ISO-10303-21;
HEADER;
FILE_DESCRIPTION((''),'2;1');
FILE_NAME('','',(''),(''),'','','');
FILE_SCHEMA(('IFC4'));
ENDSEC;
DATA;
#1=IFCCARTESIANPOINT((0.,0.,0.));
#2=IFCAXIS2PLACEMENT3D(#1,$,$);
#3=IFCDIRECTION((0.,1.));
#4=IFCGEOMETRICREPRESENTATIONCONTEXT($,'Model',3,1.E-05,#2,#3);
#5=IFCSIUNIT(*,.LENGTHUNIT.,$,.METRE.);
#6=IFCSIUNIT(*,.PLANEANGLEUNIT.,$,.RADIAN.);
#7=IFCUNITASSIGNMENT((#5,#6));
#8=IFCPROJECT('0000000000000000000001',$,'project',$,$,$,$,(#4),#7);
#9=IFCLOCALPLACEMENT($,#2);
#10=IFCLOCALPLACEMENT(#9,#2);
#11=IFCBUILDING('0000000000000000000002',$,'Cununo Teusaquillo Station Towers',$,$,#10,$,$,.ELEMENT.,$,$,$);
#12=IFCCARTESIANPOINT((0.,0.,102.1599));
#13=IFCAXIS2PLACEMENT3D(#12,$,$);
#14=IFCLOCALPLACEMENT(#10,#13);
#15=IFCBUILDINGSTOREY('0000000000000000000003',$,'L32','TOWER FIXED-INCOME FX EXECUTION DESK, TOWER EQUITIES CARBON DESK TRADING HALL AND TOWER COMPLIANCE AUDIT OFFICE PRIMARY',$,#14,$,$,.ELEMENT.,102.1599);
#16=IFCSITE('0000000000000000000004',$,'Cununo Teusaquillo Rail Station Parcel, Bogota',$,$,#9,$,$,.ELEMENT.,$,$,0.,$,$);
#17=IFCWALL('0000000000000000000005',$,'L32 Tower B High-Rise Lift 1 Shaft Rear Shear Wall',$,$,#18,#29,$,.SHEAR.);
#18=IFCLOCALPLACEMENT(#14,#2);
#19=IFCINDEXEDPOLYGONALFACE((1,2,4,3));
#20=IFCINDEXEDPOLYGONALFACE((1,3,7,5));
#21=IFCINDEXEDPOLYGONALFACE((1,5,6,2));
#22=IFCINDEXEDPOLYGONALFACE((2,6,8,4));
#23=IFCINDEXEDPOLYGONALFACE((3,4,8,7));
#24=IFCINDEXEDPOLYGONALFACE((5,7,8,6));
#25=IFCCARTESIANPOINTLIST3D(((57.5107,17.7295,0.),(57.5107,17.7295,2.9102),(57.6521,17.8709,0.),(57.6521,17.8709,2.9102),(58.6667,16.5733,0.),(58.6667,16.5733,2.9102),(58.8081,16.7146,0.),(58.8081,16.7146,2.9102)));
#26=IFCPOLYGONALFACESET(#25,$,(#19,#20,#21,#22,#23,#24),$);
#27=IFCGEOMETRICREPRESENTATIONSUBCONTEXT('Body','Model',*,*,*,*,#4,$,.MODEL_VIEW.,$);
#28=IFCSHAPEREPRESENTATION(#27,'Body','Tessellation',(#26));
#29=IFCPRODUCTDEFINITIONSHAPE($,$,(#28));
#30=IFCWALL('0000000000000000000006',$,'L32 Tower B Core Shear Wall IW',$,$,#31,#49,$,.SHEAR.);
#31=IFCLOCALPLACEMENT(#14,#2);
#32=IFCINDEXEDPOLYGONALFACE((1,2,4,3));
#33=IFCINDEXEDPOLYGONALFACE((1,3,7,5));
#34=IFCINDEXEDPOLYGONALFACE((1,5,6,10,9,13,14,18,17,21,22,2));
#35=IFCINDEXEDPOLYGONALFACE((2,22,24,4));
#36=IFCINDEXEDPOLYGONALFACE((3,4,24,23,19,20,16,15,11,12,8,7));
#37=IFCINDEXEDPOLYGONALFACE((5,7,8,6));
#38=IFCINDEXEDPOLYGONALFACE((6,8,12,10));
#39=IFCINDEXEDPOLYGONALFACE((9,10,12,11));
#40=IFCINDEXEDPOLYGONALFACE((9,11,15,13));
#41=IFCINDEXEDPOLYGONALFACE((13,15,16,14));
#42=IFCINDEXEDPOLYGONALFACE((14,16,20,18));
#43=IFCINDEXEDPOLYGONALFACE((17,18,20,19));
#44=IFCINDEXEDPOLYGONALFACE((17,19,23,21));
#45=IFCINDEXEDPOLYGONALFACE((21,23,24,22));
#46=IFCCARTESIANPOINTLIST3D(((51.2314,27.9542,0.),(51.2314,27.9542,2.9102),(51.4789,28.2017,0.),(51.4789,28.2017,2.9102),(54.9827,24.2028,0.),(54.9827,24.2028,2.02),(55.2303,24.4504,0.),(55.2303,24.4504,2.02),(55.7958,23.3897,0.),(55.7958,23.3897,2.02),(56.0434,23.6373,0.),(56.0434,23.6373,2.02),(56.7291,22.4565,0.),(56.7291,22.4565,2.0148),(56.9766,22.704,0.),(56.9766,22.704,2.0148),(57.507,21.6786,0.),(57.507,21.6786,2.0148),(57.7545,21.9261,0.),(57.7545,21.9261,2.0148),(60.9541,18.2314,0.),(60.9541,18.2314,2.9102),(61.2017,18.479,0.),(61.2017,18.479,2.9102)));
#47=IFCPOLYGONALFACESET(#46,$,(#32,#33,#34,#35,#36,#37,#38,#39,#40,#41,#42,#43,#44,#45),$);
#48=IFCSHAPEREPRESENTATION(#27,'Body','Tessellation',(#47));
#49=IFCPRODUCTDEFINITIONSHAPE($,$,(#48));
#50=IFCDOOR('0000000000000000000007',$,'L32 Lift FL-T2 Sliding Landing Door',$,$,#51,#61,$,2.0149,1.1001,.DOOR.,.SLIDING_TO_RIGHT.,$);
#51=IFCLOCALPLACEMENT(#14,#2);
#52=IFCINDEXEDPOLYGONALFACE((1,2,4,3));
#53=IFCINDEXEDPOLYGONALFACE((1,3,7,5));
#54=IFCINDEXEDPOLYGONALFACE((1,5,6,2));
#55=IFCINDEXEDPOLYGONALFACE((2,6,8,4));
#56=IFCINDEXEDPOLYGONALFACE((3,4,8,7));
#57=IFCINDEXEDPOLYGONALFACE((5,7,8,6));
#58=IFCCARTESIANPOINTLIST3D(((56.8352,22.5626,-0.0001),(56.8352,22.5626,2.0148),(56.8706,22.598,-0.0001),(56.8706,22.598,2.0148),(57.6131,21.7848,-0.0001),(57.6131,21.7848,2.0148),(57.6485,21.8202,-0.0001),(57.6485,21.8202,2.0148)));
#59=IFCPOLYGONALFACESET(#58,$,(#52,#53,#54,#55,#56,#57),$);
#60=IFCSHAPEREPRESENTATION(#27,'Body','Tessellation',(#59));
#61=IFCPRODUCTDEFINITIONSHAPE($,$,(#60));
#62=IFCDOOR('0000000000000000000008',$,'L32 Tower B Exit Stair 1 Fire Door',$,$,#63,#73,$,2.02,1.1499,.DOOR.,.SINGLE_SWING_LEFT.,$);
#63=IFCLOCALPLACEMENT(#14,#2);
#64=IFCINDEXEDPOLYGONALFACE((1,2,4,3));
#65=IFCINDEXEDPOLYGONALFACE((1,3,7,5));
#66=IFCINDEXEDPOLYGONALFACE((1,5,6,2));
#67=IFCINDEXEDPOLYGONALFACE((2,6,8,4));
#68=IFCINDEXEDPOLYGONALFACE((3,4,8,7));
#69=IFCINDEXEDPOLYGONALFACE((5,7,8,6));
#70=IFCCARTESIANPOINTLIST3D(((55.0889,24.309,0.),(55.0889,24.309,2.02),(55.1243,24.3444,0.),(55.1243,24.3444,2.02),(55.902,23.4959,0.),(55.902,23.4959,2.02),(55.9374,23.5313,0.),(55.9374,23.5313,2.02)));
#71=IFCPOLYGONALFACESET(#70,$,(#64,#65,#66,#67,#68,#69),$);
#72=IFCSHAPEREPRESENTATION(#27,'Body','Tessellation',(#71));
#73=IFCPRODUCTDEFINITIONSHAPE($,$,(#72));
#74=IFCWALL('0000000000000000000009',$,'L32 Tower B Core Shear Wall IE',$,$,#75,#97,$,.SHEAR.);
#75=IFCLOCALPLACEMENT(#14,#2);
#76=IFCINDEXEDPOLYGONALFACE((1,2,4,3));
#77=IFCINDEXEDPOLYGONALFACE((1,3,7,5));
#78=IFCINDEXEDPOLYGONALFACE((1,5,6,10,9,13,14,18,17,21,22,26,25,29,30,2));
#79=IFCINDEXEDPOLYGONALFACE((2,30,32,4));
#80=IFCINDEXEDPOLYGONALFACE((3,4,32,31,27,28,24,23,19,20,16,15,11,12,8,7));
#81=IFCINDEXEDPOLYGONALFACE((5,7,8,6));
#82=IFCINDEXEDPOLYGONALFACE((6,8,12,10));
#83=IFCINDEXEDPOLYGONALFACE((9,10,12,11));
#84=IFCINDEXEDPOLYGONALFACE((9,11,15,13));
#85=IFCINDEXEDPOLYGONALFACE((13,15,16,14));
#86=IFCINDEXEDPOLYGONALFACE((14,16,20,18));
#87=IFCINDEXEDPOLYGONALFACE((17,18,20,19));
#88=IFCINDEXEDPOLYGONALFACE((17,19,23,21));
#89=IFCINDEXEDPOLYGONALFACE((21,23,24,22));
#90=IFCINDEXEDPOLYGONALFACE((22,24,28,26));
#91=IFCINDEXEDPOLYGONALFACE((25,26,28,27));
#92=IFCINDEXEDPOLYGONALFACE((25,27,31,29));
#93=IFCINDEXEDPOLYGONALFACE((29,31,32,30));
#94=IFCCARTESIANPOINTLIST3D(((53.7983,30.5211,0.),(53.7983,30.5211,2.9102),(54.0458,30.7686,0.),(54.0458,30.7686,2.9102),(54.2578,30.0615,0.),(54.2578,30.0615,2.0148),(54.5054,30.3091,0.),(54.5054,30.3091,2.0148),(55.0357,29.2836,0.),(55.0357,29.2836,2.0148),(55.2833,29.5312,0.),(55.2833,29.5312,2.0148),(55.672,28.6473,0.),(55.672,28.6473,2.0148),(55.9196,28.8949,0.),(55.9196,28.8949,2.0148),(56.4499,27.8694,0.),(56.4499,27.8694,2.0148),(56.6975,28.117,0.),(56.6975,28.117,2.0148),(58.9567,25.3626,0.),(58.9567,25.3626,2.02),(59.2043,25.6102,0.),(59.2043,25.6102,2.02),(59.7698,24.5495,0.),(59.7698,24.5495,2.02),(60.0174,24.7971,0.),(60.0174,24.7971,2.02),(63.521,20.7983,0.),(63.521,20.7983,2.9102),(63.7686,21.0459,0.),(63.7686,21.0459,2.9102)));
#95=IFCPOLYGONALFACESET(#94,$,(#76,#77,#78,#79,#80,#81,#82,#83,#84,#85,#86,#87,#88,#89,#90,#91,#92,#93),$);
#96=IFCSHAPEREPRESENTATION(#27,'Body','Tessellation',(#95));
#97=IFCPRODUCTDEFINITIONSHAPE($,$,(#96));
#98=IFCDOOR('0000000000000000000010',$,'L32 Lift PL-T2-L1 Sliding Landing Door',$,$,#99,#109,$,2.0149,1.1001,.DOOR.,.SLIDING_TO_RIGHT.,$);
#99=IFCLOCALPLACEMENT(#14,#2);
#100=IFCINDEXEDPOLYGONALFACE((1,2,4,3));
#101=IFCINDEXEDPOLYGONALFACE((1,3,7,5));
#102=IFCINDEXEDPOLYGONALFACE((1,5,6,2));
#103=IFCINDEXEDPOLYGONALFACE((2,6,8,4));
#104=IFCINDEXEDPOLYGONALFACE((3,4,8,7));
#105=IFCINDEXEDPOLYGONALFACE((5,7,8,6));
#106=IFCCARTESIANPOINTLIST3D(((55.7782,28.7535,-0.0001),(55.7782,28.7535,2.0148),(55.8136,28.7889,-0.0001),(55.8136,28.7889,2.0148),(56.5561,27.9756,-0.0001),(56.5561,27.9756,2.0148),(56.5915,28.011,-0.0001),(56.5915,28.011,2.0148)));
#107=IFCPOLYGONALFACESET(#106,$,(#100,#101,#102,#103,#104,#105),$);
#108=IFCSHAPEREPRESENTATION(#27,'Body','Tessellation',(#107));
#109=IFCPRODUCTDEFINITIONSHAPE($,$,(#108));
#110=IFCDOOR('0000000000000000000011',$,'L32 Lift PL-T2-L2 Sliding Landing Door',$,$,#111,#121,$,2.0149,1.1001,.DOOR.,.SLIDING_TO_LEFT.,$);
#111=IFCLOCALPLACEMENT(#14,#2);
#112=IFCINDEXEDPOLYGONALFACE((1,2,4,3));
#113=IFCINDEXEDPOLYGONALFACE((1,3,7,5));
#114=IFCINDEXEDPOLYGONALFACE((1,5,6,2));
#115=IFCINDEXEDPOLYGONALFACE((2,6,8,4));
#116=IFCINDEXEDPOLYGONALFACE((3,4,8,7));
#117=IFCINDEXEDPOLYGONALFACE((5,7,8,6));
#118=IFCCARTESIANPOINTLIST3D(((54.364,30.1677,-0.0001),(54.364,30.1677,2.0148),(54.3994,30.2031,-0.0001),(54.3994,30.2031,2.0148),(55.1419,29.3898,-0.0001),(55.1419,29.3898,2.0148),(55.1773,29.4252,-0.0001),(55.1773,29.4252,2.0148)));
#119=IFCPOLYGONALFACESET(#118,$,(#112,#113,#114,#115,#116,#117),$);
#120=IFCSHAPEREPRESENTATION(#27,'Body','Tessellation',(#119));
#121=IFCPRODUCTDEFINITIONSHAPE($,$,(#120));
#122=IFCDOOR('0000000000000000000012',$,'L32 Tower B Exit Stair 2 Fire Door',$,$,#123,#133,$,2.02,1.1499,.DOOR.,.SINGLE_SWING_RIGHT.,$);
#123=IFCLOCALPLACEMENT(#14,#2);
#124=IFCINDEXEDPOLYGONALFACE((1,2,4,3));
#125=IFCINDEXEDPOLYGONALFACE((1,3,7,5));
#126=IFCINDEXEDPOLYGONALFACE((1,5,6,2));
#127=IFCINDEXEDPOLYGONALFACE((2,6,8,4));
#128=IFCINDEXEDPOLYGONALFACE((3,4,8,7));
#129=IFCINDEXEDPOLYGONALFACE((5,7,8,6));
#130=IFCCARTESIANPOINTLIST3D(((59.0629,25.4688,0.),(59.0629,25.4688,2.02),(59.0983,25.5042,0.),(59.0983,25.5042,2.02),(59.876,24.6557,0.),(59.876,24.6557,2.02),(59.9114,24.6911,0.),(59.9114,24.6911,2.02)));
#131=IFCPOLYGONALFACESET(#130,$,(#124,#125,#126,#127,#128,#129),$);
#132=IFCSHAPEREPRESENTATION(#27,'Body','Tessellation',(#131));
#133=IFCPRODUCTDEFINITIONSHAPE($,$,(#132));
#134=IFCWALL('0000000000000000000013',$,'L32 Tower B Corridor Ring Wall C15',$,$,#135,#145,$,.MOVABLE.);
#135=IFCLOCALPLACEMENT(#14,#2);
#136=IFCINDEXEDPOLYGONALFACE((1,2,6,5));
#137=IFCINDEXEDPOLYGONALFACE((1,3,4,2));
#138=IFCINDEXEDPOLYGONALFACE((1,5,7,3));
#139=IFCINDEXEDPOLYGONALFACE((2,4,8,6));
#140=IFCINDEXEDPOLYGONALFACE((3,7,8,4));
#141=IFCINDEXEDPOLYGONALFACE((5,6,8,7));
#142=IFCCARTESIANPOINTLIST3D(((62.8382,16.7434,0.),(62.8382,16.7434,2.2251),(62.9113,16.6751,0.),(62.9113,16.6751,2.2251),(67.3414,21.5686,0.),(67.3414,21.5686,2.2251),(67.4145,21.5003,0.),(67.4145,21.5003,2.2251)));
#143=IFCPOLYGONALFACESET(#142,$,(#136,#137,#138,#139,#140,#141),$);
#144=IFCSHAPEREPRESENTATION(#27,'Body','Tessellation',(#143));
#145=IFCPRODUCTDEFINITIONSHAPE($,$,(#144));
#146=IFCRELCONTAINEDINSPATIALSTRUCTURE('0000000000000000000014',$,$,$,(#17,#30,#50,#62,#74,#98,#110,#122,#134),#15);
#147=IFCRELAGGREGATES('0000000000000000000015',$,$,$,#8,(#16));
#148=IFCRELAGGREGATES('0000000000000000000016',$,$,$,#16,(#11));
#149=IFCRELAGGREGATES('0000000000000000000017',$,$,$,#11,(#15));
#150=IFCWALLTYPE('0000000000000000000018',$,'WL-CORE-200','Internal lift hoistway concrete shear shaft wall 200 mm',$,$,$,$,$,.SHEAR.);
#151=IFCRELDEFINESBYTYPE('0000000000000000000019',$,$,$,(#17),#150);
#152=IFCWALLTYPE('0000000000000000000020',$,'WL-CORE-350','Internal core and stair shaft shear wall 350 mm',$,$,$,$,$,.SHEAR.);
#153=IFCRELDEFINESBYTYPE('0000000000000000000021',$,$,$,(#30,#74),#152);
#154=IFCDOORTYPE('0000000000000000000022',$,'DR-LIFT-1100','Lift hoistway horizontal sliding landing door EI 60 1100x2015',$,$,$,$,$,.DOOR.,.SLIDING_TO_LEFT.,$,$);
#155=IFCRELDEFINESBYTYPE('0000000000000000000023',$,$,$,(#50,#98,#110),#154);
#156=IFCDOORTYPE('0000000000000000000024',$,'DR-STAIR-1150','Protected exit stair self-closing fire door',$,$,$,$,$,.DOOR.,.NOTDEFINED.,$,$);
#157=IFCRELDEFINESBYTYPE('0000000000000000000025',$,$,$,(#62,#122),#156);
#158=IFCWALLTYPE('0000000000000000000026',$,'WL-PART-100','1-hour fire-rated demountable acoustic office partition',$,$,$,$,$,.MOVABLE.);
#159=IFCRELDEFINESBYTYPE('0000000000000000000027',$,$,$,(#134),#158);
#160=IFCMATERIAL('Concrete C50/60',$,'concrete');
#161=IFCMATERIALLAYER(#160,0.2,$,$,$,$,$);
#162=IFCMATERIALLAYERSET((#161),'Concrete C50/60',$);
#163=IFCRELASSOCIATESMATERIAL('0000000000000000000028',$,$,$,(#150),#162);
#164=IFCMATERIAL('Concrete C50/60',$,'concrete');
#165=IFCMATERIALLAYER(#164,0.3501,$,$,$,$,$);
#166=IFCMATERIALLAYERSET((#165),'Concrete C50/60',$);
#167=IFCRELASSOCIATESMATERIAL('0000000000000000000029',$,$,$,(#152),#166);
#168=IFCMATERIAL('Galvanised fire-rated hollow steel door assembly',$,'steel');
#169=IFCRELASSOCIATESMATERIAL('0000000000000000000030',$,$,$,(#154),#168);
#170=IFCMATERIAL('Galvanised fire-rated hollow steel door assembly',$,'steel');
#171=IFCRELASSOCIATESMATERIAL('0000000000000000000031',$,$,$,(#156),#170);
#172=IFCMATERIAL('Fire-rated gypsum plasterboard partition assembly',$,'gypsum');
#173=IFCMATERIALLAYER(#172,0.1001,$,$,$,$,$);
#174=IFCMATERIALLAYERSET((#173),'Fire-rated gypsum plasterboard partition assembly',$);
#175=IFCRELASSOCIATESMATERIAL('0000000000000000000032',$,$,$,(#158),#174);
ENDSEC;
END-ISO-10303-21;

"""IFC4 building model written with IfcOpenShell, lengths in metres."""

from ifc_helpers import new_model, si_unit, direction, frame, frame_2d, origin, place, context, subcontext, project, spatial, rectangle, extrude, source, transform, mapped, material, layer, layer_set, type_object, element, fill, save


model = new_model("IFC4")

# Units and contexts
model_context = context("Model", 3, precision=1e-05, world=origin(), true_north=direction((0.0, 1.0)))
body_context = subcontext(model_context, "Body", "Model", "MODEL_VIEW")
ifc_project = project(units=[si_unit("LENGTHUNIT", "METRE"), si_unit("PLANEANGLEUNIT", "RADIAN")], contexts=[model_context])

# Site, building, storey
site_placement = place(None, origin())
site = spatial("IfcSite", under=ifc_project, at=site_placement, Name="Cununo Teusaquillo Rail Station Parcel, Bogota", CompositionType="ELEMENT", RefElevation=0.0)
building_placement = place(site_placement, origin())
building = spatial("IfcBuilding", under=site, at=building_placement, Name="Cununo Teusaquillo Station Towers", CompositionType="ELEMENT")
storey_placement = place(building_placement, frame((0.0, 0.0, 102.1599)))
storey = spatial("IfcBuildingStorey", under=building, at=storey_placement, Name="L32", Description="TOWER FIXED-INCOME FX EXECUTION DESK, TOWER EQUITIES CARBON DESK TRADING HALL AND TOWER COMPLIANCE AUDIT OFFICE PRIMARY", CompositionType="ELEMENT", Elevation=102.1599)

# Wall
ifc_material_1 = material(Name="Concrete C50/60", Category="concrete")
ifc_layer_1 = layer(ifc_material_1, 0.2)
ifc_layer_set_1 = layer_set([ifc_layer_1], Name="Concrete C50/60")
wall_type_1 = type_object("IfcWallType", Name="WL-CORE-200", Description="Internal lift hoistway concrete shear shaft wall 200 mm", PredefinedType="SHEAR", material=ifc_layer_set_1)
wall_1_placement = place(storey_placement, frame((58.7373, 16.644, 0.0), z_axis=(0.0, 0.0, 1.0), x_axis=(-0.707032, 0.707181, 0.0)))
element("IfcWall", 1, at=wall_1_placement, inside=storey, type_object=wall_type_1, Name="L32 Tower B High-Rise Lift 1 Shaft Rear Shear Wall", PredefinedType="SHEAR", context=body_context, shape_type="SweptSolid", body=[
    extrude(rectangle(XDim=1.635, YDim=0.2, at=frame_2d((0.8174, 0.0))), origin(), (0.0, 0.0, 1.0), 2.9102),
])

# Walls, openings, doors
ifc_material_2 = material(Name="Concrete C50/60", Category="concrete")
ifc_layer_2 = layer(ifc_material_2, 0.3501)
ifc_layer_set_2 = layer_set([ifc_layer_2], Name="Concrete C50/60")
wall_type_2 = type_object("IfcWallType", Name="WL-CORE-350", Description="Internal core and stair shaft shear wall 350 mm", PredefinedType="SHEAR", material=ifc_layer_set_2)
wall_2_placement = place(storey_placement, frame((61.0779, 18.3552, 0.0), z_axis=(0.0, 0.0, 1.0), x_axis=(-0.707107, 0.707107, 0.0)))
wall_2 = element("IfcWall", 2, at=wall_2_placement, inside=storey, type_object=wall_type_2, Name="L32 Tower B Core Shear Wall IW", PredefinedType="SHEAR", context=body_context, shape_type="SweptSolid", body=[
    extrude(rectangle(XDim=13.75, YDim=0.3501, at=frame_2d((6.875, 0.0))), origin(), (0.0, 0.0, 1.0), 2.9102),
])
shared_shape_1 = source(origin(), body_context, "Body", "SweptSolid", [
    extrude(rectangle(XDim=1.1001, YDim=2.0149, at=frame_2d((0.55, 1.0073))), frame((0.0, 0.1851, 0.0), z_axis=(0.0, -1.0, 0.0), x_axis=(1.0, 0.0, 0.0)), (0.0, 0.0, 1.0), 0.3701),
])
opening_1_placement = place(wall_2_placement, frame((4.875, 0.0, 0.0)))
opening_1 = element("IfcOpeningElement", 3, at=opening_1_placement, cuts=wall_2, PredefinedType="OPENING", context=body_context, shape_type="MappedRepresentation", body=[
    mapped(shared_shape_1, transform((0.0, 0.0, 0.0), x_axis=(1.0, 0.0, 0.0), y_axis=(0.0, 1.0, 0.0), z_axis=(0.0, 0.0, 1.0), scale=1.0)),
])
shared_shape_2 = source(origin(), body_context, "Body", "SweptSolid", [
    extrude(rectangle(XDim=1.1499, YDim=2.02, at=frame_2d((0.575, 1.01))), frame((0.0, 0.1851, 0.0), z_axis=(0.0, -1.0, 0.0), x_axis=(1.0, 0.0, 0.0)), (0.0, 0.0, 1.0), 0.3701),
])
opening_2_placement = place(wall_2_placement, frame((7.2949, 0.0, 0.0)))
opening_2 = element("IfcOpeningElement", 4, at=opening_2_placement, cuts=wall_2, PredefinedType="OPENING", context=body_context, shape_type="MappedRepresentation", body=[
    mapped(shared_shape_2, transform((0.0, 0.0, 0.0), x_axis=(1.0, 0.0, 0.0), y_axis=(0.0, 1.0, 0.0), z_axis=(0.0, 0.0, 1.0), scale=1.0)),
])
ifc_material_3 = material(Name="Galvanised fire-rated hollow steel door assembly", Category="steel")
door_type_1 = type_object("IfcDoorType", Name="DR-LIFT-1100", Description="Lift hoistway horizontal sliding landing door EI 60 1100x2015", OperationType="SLIDING_TO_LEFT", PredefinedType="DOOR", material=ifc_material_3)
shared_shape_3 = source(origin(), body_context, "Body", "SweptSolid", [
    extrude(rectangle(XDim=1.1001, YDim=2.0149, at=frame_2d((0.55, 1.0073))), frame((0.0, 0.0249, 0.0), z_axis=(0.0, -1.0, 0.0), x_axis=(1.0, 0.0, 0.0)), (0.0, 0.0, 1.0), 0.05),
])
door_1_placement = place(opening_1_placement, origin())
door_1 = element("IfcDoor", 5, at=door_1_placement, inside=storey, type_object=door_type_1, Name="L32 Lift FL-T2 Sliding Landing Door", OperationType="SLIDING_TO_RIGHT", OverallHeight=2.0149, OverallWidth=1.1001, PredefinedType="DOOR", context=body_context, shape_type="MappedRepresentation", body=[
    mapped(shared_shape_3, transform((0.0, 0.0, 0.0), x_axis=(1.0, 0.0, 0.0), y_axis=(0.0, 1.0, 0.0), z_axis=(0.0, 0.0, 1.0), scale=1.0)),
])
fill(opening_1, door_1)
ifc_material_4 = material(Name="Galvanised fire-rated hollow steel door assembly", Category="steel")
door_type_2 = type_object("IfcDoorType", Name="DR-STAIR-1150", Description="Protected exit stair self-closing fire door", OperationType="NOTDEFINED", PredefinedType="DOOR", material=ifc_material_4)
shared_shape_4 = source(origin(), body_context, "Body", "SweptSolid", [
    extrude(rectangle(XDim=1.1499, YDim=2.02, at=frame_2d((0.575, 1.01))), frame((0.0, 0.0249, 0.0), z_axis=(0.0, -1.0, 0.0), x_axis=(1.0, 0.0, 0.0)), (0.0, 0.0, 1.0), 0.05),
])
door_2_placement = place(opening_2_placement, origin())
door_2 = element("IfcDoor", 6, at=door_2_placement, inside=storey, type_object=door_type_2, Name="L32 Tower B Exit Stair 1 Fire Door", OperationType="SINGLE_SWING_LEFT", OverallHeight=2.02, OverallWidth=1.1499, PredefinedType="DOOR", context=body_context, shape_type="MappedRepresentation", body=[
    mapped(shared_shape_4, transform((0.0, 0.0, 0.0), x_axis=(1.0, 0.0, 0.0), y_axis=(0.0, 1.0, 0.0), z_axis=(0.0, 0.0, 1.0), scale=1.0)),
])
fill(opening_2, door_2)
wall_3_placement = place(storey_placement, frame((63.6448, 20.9221, 0.0), z_axis=(0.0, 0.0, 1.0), x_axis=(-0.707107, 0.707107, 0.0)))
wall_3 = element("IfcWall", 7, at=wall_3_placement, inside=storey, type_object=wall_type_2, Name="L32 Tower B Core Shear Wall IE", PredefinedType="SHEAR", context=body_context, shape_type="SweptSolid", body=[
    extrude(rectangle(XDim=13.75, YDim=0.3501, at=frame_2d((6.875, 0.0))), origin(), (0.0, 0.0, 1.0), 2.9102),
])
opening_3_placement = place(wall_3_placement, frame((10.0, 0.0, 0.0)))
opening_3 = element("IfcOpeningElement", 8, at=opening_3_placement, cuts=wall_3, PredefinedType="OPENING", context=body_context, shape_type="MappedRepresentation", body=[
    mapped(shared_shape_1, transform((0.0, 0.0, 0.0), x_axis=(1.0, 0.0, 0.0), y_axis=(0.0, 1.0, 0.0), z_axis=(0.0, 0.0, 1.0), scale=1.0)),
])
opening_4_placement = place(wall_3_placement, frame((12.0, 0.0, 0.0)))
opening_4 = element("IfcOpeningElement", 9, at=opening_4_placement, cuts=wall_3, PredefinedType="OPENING", context=body_context, shape_type="MappedRepresentation", body=[
    mapped(shared_shape_1, transform((0.0, 0.0, 0.0), x_axis=(1.0, 0.0, 0.0), y_axis=(0.0, 1.0, 0.0), z_axis=(0.0, 0.0, 1.0), scale=1.0)),
])
opening_5_placement = place(wall_3_placement, frame((5.3049, 0.0, 0.0)))
opening_5 = element("IfcOpeningElement", 10, at=opening_5_placement, cuts=wall_3, PredefinedType="OPENING", context=body_context, shape_type="MappedRepresentation", body=[
    mapped(shared_shape_2, transform((0.0, 0.0, 0.0), x_axis=(1.0, 0.0, 0.0), y_axis=(0.0, 1.0, 0.0), z_axis=(0.0, 0.0, 1.0), scale=1.0)),
])
door_3_placement = place(opening_3_placement, origin())
door_3 = element("IfcDoor", 11, at=door_3_placement, inside=storey, type_object=door_type_1, Name="L32 Lift PL-T2-L1 Sliding Landing Door", OperationType="SLIDING_TO_RIGHT", OverallHeight=2.0149, OverallWidth=1.1001, PredefinedType="DOOR", context=body_context, shape_type="MappedRepresentation", body=[
    mapped(shared_shape_3, transform((0.0, 0.0, 0.0), x_axis=(1.0, 0.0, 0.0), y_axis=(0.0, 1.0, 0.0), z_axis=(0.0, 0.0, 1.0), scale=1.0)),
])
fill(opening_3, door_3)
door_4_placement = place(opening_4_placement, origin())
door_4 = element("IfcDoor", 12, at=door_4_placement, inside=storey, type_object=door_type_1, Name="L32 Lift PL-T2-L2 Sliding Landing Door", OperationType="SLIDING_TO_LEFT", OverallHeight=2.0149, OverallWidth=1.1001, PredefinedType="DOOR", context=body_context, shape_type="MappedRepresentation", body=[
    mapped(shared_shape_3, transform((0.0, 0.0, 0.0), x_axis=(1.0, 0.0, 0.0), y_axis=(0.0, 1.0, 0.0), z_axis=(0.0, 0.0, 1.0), scale=1.0)),
])
fill(opening_4, door_4)
door_5_placement = place(opening_5_placement, origin())
door_5 = element("IfcDoor", 13, at=door_5_placement, inside=storey, type_object=door_type_2, Name="L32 Tower B Exit Stair 2 Fire Door", OperationType="SINGLE_SWING_RIGHT", OverallHeight=2.02, OverallWidth=1.1499, PredefinedType="DOOR", context=body_context, shape_type="MappedRepresentation", body=[
    mapped(shared_shape_4, transform((0.0, 0.0, 0.0), x_axis=(1.0, 0.0, 0.0), y_axis=(0.0, 1.0, 0.0), z_axis=(0.0, 0.0, 1.0), scale=1.0)),
])
fill(opening_5, door_5)

# Wall
ifc_material_5 = material(Name="Fire-rated gypsum plasterboard partition assembly", Category="gypsum")
ifc_layer_3 = layer(ifc_material_5, 0.1001)
ifc_layer_set_3 = layer_set([ifc_layer_3], Name="Fire-rated gypsum plasterboard partition assembly")
wall_type_3 = type_object("IfcWallType", Name="WL-PART-100", Description="1-hour fire-rated demountable acoustic office partition", PredefinedType="MOVABLE", material=ifc_layer_set_3)
wall_4_placement = place(storey_placement, frame((62.8748, 16.7092, 0.0), z_axis=(0.0, 0.0, 1.0), x_axis=(0.682291, 0.731081, 0.0)))
element("IfcWall", 14, at=wall_4_placement, inside=storey, type_object=wall_type_3, Name="L32 Tower B Corridor Ring Wall C15", PredefinedType="MOVABLE", context=body_context, shape_type="SweptSolid", body=[
    extrude(rectangle(XDim=6.6001, YDim=0.1001, at=frame_2d((3.3, 0.0))), origin(), (0.0, 0.0, 1.0), 2.2251),
])

save(model, "model.ifc")
